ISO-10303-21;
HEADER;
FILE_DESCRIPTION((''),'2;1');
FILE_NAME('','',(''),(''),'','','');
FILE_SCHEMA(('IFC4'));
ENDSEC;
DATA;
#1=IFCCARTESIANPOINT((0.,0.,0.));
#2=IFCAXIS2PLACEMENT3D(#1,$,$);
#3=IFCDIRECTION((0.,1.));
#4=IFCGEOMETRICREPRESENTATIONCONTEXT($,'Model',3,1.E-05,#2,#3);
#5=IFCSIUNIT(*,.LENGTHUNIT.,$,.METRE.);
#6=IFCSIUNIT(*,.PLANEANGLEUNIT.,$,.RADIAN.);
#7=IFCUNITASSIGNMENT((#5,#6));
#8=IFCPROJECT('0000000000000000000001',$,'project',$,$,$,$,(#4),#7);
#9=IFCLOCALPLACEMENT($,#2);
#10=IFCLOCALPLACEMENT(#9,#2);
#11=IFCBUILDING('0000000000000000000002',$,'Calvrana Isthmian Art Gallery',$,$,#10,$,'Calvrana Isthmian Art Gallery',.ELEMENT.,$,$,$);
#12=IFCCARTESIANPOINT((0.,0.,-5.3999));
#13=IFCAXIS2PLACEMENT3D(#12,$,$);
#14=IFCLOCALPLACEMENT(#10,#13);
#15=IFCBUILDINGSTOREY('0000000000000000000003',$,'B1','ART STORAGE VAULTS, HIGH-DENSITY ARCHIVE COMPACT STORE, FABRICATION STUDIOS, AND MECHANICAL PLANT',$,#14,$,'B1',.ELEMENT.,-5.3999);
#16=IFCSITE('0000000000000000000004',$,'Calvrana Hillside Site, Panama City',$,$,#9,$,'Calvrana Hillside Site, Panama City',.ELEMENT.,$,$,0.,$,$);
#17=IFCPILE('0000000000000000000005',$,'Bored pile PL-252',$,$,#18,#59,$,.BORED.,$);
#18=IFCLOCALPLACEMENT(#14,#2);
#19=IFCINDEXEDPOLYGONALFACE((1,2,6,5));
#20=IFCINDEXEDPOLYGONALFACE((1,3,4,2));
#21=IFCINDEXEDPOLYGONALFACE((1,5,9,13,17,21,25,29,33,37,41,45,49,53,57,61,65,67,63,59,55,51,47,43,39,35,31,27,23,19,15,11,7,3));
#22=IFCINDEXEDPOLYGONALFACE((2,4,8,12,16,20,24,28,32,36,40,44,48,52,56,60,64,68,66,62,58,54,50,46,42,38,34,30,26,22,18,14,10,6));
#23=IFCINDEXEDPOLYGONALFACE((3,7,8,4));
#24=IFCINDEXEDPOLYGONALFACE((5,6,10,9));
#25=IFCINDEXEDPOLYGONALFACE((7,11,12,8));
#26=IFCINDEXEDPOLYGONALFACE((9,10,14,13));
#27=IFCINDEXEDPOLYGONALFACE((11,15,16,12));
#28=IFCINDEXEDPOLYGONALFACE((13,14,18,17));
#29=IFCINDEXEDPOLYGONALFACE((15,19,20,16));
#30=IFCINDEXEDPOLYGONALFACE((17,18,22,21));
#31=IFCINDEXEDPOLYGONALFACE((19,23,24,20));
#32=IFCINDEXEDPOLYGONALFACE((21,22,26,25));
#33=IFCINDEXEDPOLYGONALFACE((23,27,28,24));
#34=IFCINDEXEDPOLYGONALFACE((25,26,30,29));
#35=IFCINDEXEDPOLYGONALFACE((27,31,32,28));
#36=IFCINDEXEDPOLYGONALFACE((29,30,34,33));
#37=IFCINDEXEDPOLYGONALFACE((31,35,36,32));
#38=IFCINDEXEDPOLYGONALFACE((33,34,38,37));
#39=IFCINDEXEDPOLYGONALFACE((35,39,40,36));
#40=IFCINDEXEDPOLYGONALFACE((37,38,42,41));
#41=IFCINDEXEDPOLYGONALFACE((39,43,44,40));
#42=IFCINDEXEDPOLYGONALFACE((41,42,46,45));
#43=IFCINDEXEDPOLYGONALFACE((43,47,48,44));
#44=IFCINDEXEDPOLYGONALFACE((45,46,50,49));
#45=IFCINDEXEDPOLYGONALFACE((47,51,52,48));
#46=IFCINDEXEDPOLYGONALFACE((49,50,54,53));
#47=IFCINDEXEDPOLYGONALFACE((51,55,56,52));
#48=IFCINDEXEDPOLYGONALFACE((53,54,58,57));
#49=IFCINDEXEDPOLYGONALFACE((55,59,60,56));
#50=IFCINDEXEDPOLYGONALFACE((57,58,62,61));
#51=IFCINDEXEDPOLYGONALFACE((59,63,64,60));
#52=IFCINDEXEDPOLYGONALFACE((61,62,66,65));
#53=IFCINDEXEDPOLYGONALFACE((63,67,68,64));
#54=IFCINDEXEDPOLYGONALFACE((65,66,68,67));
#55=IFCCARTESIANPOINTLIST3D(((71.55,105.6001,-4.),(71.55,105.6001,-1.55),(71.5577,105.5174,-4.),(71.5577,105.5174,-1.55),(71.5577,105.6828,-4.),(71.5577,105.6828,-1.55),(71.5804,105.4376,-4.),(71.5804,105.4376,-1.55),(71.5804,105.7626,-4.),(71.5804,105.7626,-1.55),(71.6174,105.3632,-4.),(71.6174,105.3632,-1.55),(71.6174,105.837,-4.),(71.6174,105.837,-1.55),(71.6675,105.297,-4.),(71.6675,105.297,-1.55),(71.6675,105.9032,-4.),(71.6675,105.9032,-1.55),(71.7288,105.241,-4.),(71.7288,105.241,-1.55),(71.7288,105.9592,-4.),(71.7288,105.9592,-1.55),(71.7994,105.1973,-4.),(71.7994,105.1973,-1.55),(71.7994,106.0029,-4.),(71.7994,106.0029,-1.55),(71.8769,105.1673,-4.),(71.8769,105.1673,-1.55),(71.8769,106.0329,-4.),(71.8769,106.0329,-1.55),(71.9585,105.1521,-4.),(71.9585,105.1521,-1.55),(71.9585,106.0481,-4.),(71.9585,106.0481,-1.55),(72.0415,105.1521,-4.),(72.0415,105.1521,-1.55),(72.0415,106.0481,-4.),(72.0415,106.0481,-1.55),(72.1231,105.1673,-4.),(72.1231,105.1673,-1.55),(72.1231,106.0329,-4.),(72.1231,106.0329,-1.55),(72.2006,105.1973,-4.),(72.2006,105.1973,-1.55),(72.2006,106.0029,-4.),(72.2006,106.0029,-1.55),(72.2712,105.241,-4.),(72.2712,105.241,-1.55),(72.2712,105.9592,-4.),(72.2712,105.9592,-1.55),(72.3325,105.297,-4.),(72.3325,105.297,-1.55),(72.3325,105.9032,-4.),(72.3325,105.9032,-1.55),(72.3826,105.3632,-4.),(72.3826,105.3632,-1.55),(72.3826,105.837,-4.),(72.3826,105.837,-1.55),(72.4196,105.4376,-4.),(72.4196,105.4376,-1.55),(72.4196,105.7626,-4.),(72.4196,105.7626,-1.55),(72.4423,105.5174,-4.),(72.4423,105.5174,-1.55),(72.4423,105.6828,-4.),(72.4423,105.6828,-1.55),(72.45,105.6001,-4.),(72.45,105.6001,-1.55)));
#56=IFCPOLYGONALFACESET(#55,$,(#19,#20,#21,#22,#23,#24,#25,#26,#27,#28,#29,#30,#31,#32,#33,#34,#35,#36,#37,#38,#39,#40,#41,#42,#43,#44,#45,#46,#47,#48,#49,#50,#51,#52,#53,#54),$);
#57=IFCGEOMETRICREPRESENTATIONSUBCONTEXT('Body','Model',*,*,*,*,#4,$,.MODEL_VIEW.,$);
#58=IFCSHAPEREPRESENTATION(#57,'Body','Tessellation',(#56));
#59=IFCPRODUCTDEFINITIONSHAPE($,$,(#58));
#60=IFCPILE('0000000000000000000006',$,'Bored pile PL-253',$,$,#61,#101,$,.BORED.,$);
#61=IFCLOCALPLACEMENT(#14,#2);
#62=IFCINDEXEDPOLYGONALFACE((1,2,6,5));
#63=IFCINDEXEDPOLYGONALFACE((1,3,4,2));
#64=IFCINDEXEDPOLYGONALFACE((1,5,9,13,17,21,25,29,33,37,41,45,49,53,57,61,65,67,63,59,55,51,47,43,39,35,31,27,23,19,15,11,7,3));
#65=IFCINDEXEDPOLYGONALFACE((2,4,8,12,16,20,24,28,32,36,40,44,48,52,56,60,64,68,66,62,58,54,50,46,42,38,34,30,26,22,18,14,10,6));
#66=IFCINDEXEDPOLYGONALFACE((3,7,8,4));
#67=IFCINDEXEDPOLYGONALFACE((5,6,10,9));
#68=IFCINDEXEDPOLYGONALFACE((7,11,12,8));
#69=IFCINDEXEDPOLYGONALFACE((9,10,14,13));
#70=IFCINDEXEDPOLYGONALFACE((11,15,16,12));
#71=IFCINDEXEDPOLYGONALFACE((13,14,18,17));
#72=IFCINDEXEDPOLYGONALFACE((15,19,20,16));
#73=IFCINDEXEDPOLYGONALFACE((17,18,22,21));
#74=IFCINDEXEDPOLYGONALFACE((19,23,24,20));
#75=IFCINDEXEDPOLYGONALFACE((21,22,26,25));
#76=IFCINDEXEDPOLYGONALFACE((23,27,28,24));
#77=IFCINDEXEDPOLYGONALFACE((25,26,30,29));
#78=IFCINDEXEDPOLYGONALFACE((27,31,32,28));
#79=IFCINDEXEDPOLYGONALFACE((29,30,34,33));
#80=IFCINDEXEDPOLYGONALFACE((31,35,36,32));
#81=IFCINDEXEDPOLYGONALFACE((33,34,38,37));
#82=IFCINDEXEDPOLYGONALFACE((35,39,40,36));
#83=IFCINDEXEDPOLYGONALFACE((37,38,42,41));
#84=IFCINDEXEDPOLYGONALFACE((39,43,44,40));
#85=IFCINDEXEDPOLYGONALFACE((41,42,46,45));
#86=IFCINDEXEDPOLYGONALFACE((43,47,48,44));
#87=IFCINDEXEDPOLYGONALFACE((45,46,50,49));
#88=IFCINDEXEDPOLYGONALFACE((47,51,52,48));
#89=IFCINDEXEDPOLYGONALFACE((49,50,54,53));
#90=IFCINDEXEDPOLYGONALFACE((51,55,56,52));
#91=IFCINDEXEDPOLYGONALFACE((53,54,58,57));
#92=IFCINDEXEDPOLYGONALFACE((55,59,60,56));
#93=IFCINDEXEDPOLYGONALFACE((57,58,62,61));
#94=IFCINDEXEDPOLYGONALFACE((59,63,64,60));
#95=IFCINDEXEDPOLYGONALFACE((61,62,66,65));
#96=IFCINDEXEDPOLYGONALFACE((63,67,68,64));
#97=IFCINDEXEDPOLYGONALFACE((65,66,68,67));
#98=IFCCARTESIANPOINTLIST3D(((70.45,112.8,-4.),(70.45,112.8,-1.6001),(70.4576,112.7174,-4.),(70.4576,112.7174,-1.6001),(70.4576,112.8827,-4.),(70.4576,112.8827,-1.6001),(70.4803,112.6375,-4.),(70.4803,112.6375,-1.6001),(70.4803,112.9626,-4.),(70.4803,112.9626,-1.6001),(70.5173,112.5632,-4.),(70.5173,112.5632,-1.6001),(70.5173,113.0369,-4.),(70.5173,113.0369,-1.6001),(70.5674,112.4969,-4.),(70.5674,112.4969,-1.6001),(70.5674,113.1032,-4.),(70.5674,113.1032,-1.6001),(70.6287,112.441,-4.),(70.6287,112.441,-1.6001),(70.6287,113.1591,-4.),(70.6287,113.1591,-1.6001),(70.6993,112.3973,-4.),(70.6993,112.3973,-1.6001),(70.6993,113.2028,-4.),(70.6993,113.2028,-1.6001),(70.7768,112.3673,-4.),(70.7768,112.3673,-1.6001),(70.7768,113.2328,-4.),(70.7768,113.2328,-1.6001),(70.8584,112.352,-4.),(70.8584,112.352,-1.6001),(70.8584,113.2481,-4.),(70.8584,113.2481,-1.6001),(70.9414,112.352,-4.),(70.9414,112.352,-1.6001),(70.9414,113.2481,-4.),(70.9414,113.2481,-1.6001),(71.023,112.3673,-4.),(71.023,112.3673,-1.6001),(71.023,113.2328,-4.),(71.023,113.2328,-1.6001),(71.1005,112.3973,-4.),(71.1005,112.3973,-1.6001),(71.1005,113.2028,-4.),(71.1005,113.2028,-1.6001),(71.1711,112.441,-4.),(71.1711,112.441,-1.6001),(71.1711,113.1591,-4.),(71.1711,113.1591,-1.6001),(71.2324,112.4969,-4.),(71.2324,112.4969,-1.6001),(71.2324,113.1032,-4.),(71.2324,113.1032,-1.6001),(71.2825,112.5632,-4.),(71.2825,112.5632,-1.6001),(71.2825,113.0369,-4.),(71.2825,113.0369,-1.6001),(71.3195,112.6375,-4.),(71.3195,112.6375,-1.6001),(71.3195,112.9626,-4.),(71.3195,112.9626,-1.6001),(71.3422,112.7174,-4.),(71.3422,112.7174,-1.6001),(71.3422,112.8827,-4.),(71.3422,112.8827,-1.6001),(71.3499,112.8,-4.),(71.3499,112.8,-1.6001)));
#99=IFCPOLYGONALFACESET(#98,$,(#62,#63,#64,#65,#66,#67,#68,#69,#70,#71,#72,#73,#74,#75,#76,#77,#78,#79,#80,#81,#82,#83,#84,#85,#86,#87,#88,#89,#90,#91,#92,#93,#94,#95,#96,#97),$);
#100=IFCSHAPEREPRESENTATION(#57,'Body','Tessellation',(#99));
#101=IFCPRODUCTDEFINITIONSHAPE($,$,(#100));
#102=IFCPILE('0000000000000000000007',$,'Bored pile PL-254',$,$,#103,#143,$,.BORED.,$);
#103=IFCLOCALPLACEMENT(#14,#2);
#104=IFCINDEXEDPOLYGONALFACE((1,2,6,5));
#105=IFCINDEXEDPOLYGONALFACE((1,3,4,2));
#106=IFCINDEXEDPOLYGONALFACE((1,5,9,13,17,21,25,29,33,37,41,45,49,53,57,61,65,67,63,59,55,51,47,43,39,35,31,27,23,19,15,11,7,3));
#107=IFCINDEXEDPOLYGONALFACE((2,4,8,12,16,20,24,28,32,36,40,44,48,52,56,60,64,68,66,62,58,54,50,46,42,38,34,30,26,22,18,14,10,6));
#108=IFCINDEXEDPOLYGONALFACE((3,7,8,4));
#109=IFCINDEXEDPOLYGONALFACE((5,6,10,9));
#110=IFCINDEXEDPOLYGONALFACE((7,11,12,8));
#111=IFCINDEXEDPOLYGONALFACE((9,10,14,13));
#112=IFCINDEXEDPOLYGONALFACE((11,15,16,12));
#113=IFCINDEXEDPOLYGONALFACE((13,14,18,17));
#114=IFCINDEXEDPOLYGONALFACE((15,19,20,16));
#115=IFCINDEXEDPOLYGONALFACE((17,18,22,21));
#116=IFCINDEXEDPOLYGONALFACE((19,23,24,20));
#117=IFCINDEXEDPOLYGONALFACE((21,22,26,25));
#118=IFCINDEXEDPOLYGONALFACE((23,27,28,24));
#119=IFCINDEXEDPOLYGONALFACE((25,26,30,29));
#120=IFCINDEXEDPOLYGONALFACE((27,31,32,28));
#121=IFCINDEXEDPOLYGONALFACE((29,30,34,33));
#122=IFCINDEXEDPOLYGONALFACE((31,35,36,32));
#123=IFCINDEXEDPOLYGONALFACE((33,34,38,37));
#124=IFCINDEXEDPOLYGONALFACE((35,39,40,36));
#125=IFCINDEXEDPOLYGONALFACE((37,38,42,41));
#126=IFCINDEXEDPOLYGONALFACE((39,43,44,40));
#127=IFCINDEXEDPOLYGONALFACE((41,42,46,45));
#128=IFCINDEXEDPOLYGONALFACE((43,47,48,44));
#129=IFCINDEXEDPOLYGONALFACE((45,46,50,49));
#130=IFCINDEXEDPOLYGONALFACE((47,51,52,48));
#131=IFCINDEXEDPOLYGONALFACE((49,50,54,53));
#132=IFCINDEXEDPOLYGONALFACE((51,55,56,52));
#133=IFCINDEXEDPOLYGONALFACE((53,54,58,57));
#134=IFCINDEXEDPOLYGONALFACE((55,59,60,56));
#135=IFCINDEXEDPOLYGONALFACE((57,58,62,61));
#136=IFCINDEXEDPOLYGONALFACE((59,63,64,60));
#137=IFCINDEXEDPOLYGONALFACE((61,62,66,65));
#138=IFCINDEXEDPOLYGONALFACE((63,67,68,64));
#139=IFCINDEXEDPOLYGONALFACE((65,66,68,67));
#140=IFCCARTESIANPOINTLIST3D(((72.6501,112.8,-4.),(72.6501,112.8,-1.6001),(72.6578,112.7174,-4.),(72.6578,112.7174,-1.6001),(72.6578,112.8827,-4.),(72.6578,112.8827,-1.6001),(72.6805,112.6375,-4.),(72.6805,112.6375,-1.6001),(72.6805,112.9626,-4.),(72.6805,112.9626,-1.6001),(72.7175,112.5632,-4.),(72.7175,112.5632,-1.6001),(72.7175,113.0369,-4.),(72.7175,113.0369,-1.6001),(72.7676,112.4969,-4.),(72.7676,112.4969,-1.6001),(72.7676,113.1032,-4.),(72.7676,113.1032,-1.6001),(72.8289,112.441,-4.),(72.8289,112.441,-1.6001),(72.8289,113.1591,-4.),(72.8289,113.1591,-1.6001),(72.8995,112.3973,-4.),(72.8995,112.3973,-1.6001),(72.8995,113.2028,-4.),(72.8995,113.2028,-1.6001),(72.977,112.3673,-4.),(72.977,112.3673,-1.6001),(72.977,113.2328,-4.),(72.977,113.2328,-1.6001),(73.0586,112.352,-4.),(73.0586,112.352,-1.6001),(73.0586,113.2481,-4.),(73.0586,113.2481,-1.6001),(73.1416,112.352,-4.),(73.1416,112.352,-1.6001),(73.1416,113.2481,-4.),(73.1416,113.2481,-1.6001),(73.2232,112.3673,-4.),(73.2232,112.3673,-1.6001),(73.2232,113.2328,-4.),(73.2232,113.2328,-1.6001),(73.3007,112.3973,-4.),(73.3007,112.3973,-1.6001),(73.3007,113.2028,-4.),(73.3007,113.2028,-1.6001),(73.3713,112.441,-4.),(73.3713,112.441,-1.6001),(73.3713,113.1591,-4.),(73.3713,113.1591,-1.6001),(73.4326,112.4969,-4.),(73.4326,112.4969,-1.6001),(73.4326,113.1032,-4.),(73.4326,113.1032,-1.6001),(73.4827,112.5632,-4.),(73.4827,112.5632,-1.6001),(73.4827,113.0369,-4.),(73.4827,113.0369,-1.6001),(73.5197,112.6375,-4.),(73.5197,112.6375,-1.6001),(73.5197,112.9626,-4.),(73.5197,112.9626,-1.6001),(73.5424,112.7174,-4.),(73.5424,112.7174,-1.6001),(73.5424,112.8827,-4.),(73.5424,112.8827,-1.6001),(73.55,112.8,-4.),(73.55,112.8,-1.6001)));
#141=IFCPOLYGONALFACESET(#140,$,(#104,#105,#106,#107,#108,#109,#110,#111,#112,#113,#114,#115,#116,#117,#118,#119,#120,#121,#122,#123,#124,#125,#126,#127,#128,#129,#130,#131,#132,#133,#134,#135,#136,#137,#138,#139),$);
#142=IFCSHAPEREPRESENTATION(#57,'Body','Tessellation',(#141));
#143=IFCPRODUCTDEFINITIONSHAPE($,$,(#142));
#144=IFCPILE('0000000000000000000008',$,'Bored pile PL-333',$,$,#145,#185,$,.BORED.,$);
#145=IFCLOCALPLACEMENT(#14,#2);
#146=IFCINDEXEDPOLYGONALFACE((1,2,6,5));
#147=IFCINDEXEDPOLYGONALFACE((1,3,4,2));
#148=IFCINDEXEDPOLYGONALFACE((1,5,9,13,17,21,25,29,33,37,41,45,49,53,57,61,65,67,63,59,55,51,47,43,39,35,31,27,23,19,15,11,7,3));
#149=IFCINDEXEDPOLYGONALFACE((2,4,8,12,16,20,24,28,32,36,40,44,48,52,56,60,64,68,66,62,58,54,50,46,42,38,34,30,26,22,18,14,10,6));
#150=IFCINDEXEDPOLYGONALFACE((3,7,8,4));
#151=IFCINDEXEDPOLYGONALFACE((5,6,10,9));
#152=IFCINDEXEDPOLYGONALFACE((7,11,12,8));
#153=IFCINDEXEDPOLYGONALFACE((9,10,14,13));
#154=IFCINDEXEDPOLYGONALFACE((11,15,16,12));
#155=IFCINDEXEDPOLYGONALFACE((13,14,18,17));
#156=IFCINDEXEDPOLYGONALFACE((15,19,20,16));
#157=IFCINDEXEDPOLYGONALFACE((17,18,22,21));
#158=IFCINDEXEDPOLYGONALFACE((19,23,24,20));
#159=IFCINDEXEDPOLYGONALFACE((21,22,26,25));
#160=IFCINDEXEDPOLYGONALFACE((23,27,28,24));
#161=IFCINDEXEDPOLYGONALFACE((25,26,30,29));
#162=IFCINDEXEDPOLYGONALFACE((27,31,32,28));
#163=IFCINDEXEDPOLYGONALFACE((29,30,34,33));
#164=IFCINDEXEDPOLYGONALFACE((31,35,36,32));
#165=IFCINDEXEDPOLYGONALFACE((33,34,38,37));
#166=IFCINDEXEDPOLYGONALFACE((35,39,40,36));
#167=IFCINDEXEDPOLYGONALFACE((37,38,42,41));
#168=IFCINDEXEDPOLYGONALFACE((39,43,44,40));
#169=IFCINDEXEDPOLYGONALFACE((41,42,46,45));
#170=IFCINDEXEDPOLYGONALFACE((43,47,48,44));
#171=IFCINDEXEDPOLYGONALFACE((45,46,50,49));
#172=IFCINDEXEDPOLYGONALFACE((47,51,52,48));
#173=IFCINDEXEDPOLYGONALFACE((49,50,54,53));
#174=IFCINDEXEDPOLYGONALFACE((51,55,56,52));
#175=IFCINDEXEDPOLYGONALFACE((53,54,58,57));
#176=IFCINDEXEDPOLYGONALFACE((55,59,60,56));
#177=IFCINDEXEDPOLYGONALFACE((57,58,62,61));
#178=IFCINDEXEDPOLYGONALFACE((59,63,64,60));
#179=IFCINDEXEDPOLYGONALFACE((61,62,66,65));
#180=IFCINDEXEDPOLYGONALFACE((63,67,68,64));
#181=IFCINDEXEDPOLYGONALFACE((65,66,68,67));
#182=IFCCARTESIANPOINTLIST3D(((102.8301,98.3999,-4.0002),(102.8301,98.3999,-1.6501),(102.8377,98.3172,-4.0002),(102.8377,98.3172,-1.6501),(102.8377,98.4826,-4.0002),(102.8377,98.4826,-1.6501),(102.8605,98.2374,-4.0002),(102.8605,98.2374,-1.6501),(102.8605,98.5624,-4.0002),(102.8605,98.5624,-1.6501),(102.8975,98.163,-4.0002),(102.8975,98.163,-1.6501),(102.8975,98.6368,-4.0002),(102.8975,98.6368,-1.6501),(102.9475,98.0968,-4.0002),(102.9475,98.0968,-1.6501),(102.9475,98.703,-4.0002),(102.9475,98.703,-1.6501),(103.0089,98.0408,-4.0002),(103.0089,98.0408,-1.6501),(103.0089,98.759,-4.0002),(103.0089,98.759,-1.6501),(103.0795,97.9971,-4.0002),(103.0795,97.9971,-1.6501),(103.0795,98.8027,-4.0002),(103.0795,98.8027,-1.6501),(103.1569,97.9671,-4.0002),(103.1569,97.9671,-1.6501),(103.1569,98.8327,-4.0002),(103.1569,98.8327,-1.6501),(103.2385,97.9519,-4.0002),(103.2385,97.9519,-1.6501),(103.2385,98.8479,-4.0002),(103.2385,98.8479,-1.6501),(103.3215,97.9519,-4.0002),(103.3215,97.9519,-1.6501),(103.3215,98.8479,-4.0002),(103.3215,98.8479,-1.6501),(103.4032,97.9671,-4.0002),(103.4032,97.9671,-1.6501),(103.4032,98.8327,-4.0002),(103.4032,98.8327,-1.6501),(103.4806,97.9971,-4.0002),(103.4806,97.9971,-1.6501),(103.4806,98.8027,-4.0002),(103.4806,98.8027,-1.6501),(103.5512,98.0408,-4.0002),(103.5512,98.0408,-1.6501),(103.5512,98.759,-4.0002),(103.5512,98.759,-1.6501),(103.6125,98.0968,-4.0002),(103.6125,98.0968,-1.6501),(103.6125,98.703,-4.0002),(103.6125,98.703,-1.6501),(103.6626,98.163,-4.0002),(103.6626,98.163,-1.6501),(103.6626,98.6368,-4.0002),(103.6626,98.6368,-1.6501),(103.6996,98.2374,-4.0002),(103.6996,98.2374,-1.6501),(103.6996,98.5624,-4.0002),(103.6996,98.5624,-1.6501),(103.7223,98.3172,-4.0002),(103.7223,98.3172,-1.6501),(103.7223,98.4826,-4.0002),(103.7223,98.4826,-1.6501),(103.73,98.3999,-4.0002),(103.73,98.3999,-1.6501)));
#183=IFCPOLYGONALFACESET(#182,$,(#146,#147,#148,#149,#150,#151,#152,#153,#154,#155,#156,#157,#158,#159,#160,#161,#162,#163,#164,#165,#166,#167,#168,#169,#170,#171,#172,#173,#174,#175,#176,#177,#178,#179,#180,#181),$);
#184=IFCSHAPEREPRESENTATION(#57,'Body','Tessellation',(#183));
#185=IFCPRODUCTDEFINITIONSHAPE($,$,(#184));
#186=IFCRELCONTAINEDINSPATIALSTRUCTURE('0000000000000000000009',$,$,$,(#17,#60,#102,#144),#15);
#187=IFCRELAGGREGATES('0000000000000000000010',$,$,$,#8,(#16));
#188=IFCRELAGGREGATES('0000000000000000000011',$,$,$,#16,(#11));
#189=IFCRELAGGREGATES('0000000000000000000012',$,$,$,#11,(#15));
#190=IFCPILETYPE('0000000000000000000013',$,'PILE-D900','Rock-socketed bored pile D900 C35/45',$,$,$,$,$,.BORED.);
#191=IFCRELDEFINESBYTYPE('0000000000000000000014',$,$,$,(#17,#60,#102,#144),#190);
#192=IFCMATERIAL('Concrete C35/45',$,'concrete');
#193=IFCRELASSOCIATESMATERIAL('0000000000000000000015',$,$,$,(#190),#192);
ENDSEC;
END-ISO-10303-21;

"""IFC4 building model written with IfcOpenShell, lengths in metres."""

from ifc_helpers import new_model, si_unit, direction, frame, origin, origin_2d, place, context, subcontext, project, spatial, circle, extrude, material, material_profile, profile_set, type_object, element, save


model = new_model("IFC4")

# Units and contexts
model_context = context("Model", 3, precision=1e-05, world=origin(), true_north=direction((0.0, 1.0)))
body_context = subcontext(model_context, "Body", "Model", "MODEL_VIEW")
ifc_project = project(units=[si_unit("LENGTHUNIT", "METRE"), si_unit("PLANEANGLEUNIT", "RADIAN")], contexts=[model_context])

# Site, building, storey
site_placement = place(None, origin())
site = spatial("IfcSite", under=ifc_project, at=site_placement, Name="Calvrana Hillside Site, Panama City", LongName="Calvrana Hillside Site, Panama City", CompositionType="ELEMENT", RefElevation=0.0)
building_placement = place(site_placement, origin())
building = spatial("IfcBuilding", under=site, at=building_placement, Name="Calvrana Isthmian Art Gallery", LongName="Calvrana Isthmian Art Gallery", CompositionType="ELEMENT")
storey_placement = place(building_placement, frame((0.0, 0.0, -5.3999)))
storey = spatial("IfcBuildingStorey", under=building, at=storey_placement, Name="B1", Description="ART STORAGE VAULTS, HIGH-DENSITY ARCHIVE COMPACT STORE, FABRICATION STUDIOS, AND MECHANICAL PLANT", LongName="B1", CompositionType="ELEMENT", Elevation=-5.3999)

# Shared definitions
ifc_material_1 = material(Name="Concrete C35/45", Category="concrete")

# Piles
ifc_material_profile_1 = material_profile(ifc_material_1, circle(Radius=0.45, at=origin_2d()), Name="PILE900D")
ifc_profile_set_1 = profile_set([ifc_material_profile_1], Name="Concrete C35/45")
pile_type_1 = type_object("IfcPileType", Name="PILE-D900", Description="Rock-socketed bored pile D900 C35/45", PredefinedType="BORED", material=ifc_profile_set_1)
for number, where, z_axis, x_axis, name in (
    (1, (72.0, 105.6001, -1.55), (0.0, 0.0, -1.0), (1.0, 0.0, 0.0), "Bored pile PL-252"),
):
    element("IfcPile", number, at=place(storey_placement, frame(where, z_axis=z_axis, x_axis=x_axis)), inside=storey, type_object=pile_type_1, Name=name, PredefinedType="BORED", context=body_context, shape_type="SweptSolid", body=[
        extrude(circle(Radius=0.45, at=origin_2d()), origin(), (0.0, 0.0, 1.0), 2.45),
    ])
for number, where, z_axis, x_axis, name in (
    (2, (70.8999, 112.8, -1.6001), (0.0, 0.0, -1.0), (1.0, 0.0, 0.0), "Bored pile PL-253"),
    (3, (73.1001, 112.8, -1.6001), (0.0, 0.0, -1.0), (1.0, 0.0, 0.0), "Bored pile PL-254"),
):
    element("IfcPile", number, at=place(storey_placement, frame(where, z_axis=z_axis, x_axis=x_axis)), inside=storey, type_object=pile_type_1, Name=name, PredefinedType="BORED", context=body_context, shape_type="SweptSolid", body=[
        extrude(circle(Radius=0.45, at=origin_2d()), origin(), (0.0, 0.0, 1.0), 2.3999),
    ])
pile_1_placement = place(storey_placement, frame((103.28, 98.3999, -1.6501), z_axis=(0.0, 0.0, -1.0), x_axis=(1.0, 0.0, 0.0)))
element("IfcPile", 4, at=pile_1_placement, inside=storey, type_object=pile_type_1, Name="Bored pile PL-333", PredefinedType="BORED", context=body_context, shape_type="SweptSolid", body=[
    extrude(circle(Radius=0.45, at=origin_2d()), origin(), (0.0, 0.0, 1.0), 2.3501),
])

save(model, "model.ifc")
